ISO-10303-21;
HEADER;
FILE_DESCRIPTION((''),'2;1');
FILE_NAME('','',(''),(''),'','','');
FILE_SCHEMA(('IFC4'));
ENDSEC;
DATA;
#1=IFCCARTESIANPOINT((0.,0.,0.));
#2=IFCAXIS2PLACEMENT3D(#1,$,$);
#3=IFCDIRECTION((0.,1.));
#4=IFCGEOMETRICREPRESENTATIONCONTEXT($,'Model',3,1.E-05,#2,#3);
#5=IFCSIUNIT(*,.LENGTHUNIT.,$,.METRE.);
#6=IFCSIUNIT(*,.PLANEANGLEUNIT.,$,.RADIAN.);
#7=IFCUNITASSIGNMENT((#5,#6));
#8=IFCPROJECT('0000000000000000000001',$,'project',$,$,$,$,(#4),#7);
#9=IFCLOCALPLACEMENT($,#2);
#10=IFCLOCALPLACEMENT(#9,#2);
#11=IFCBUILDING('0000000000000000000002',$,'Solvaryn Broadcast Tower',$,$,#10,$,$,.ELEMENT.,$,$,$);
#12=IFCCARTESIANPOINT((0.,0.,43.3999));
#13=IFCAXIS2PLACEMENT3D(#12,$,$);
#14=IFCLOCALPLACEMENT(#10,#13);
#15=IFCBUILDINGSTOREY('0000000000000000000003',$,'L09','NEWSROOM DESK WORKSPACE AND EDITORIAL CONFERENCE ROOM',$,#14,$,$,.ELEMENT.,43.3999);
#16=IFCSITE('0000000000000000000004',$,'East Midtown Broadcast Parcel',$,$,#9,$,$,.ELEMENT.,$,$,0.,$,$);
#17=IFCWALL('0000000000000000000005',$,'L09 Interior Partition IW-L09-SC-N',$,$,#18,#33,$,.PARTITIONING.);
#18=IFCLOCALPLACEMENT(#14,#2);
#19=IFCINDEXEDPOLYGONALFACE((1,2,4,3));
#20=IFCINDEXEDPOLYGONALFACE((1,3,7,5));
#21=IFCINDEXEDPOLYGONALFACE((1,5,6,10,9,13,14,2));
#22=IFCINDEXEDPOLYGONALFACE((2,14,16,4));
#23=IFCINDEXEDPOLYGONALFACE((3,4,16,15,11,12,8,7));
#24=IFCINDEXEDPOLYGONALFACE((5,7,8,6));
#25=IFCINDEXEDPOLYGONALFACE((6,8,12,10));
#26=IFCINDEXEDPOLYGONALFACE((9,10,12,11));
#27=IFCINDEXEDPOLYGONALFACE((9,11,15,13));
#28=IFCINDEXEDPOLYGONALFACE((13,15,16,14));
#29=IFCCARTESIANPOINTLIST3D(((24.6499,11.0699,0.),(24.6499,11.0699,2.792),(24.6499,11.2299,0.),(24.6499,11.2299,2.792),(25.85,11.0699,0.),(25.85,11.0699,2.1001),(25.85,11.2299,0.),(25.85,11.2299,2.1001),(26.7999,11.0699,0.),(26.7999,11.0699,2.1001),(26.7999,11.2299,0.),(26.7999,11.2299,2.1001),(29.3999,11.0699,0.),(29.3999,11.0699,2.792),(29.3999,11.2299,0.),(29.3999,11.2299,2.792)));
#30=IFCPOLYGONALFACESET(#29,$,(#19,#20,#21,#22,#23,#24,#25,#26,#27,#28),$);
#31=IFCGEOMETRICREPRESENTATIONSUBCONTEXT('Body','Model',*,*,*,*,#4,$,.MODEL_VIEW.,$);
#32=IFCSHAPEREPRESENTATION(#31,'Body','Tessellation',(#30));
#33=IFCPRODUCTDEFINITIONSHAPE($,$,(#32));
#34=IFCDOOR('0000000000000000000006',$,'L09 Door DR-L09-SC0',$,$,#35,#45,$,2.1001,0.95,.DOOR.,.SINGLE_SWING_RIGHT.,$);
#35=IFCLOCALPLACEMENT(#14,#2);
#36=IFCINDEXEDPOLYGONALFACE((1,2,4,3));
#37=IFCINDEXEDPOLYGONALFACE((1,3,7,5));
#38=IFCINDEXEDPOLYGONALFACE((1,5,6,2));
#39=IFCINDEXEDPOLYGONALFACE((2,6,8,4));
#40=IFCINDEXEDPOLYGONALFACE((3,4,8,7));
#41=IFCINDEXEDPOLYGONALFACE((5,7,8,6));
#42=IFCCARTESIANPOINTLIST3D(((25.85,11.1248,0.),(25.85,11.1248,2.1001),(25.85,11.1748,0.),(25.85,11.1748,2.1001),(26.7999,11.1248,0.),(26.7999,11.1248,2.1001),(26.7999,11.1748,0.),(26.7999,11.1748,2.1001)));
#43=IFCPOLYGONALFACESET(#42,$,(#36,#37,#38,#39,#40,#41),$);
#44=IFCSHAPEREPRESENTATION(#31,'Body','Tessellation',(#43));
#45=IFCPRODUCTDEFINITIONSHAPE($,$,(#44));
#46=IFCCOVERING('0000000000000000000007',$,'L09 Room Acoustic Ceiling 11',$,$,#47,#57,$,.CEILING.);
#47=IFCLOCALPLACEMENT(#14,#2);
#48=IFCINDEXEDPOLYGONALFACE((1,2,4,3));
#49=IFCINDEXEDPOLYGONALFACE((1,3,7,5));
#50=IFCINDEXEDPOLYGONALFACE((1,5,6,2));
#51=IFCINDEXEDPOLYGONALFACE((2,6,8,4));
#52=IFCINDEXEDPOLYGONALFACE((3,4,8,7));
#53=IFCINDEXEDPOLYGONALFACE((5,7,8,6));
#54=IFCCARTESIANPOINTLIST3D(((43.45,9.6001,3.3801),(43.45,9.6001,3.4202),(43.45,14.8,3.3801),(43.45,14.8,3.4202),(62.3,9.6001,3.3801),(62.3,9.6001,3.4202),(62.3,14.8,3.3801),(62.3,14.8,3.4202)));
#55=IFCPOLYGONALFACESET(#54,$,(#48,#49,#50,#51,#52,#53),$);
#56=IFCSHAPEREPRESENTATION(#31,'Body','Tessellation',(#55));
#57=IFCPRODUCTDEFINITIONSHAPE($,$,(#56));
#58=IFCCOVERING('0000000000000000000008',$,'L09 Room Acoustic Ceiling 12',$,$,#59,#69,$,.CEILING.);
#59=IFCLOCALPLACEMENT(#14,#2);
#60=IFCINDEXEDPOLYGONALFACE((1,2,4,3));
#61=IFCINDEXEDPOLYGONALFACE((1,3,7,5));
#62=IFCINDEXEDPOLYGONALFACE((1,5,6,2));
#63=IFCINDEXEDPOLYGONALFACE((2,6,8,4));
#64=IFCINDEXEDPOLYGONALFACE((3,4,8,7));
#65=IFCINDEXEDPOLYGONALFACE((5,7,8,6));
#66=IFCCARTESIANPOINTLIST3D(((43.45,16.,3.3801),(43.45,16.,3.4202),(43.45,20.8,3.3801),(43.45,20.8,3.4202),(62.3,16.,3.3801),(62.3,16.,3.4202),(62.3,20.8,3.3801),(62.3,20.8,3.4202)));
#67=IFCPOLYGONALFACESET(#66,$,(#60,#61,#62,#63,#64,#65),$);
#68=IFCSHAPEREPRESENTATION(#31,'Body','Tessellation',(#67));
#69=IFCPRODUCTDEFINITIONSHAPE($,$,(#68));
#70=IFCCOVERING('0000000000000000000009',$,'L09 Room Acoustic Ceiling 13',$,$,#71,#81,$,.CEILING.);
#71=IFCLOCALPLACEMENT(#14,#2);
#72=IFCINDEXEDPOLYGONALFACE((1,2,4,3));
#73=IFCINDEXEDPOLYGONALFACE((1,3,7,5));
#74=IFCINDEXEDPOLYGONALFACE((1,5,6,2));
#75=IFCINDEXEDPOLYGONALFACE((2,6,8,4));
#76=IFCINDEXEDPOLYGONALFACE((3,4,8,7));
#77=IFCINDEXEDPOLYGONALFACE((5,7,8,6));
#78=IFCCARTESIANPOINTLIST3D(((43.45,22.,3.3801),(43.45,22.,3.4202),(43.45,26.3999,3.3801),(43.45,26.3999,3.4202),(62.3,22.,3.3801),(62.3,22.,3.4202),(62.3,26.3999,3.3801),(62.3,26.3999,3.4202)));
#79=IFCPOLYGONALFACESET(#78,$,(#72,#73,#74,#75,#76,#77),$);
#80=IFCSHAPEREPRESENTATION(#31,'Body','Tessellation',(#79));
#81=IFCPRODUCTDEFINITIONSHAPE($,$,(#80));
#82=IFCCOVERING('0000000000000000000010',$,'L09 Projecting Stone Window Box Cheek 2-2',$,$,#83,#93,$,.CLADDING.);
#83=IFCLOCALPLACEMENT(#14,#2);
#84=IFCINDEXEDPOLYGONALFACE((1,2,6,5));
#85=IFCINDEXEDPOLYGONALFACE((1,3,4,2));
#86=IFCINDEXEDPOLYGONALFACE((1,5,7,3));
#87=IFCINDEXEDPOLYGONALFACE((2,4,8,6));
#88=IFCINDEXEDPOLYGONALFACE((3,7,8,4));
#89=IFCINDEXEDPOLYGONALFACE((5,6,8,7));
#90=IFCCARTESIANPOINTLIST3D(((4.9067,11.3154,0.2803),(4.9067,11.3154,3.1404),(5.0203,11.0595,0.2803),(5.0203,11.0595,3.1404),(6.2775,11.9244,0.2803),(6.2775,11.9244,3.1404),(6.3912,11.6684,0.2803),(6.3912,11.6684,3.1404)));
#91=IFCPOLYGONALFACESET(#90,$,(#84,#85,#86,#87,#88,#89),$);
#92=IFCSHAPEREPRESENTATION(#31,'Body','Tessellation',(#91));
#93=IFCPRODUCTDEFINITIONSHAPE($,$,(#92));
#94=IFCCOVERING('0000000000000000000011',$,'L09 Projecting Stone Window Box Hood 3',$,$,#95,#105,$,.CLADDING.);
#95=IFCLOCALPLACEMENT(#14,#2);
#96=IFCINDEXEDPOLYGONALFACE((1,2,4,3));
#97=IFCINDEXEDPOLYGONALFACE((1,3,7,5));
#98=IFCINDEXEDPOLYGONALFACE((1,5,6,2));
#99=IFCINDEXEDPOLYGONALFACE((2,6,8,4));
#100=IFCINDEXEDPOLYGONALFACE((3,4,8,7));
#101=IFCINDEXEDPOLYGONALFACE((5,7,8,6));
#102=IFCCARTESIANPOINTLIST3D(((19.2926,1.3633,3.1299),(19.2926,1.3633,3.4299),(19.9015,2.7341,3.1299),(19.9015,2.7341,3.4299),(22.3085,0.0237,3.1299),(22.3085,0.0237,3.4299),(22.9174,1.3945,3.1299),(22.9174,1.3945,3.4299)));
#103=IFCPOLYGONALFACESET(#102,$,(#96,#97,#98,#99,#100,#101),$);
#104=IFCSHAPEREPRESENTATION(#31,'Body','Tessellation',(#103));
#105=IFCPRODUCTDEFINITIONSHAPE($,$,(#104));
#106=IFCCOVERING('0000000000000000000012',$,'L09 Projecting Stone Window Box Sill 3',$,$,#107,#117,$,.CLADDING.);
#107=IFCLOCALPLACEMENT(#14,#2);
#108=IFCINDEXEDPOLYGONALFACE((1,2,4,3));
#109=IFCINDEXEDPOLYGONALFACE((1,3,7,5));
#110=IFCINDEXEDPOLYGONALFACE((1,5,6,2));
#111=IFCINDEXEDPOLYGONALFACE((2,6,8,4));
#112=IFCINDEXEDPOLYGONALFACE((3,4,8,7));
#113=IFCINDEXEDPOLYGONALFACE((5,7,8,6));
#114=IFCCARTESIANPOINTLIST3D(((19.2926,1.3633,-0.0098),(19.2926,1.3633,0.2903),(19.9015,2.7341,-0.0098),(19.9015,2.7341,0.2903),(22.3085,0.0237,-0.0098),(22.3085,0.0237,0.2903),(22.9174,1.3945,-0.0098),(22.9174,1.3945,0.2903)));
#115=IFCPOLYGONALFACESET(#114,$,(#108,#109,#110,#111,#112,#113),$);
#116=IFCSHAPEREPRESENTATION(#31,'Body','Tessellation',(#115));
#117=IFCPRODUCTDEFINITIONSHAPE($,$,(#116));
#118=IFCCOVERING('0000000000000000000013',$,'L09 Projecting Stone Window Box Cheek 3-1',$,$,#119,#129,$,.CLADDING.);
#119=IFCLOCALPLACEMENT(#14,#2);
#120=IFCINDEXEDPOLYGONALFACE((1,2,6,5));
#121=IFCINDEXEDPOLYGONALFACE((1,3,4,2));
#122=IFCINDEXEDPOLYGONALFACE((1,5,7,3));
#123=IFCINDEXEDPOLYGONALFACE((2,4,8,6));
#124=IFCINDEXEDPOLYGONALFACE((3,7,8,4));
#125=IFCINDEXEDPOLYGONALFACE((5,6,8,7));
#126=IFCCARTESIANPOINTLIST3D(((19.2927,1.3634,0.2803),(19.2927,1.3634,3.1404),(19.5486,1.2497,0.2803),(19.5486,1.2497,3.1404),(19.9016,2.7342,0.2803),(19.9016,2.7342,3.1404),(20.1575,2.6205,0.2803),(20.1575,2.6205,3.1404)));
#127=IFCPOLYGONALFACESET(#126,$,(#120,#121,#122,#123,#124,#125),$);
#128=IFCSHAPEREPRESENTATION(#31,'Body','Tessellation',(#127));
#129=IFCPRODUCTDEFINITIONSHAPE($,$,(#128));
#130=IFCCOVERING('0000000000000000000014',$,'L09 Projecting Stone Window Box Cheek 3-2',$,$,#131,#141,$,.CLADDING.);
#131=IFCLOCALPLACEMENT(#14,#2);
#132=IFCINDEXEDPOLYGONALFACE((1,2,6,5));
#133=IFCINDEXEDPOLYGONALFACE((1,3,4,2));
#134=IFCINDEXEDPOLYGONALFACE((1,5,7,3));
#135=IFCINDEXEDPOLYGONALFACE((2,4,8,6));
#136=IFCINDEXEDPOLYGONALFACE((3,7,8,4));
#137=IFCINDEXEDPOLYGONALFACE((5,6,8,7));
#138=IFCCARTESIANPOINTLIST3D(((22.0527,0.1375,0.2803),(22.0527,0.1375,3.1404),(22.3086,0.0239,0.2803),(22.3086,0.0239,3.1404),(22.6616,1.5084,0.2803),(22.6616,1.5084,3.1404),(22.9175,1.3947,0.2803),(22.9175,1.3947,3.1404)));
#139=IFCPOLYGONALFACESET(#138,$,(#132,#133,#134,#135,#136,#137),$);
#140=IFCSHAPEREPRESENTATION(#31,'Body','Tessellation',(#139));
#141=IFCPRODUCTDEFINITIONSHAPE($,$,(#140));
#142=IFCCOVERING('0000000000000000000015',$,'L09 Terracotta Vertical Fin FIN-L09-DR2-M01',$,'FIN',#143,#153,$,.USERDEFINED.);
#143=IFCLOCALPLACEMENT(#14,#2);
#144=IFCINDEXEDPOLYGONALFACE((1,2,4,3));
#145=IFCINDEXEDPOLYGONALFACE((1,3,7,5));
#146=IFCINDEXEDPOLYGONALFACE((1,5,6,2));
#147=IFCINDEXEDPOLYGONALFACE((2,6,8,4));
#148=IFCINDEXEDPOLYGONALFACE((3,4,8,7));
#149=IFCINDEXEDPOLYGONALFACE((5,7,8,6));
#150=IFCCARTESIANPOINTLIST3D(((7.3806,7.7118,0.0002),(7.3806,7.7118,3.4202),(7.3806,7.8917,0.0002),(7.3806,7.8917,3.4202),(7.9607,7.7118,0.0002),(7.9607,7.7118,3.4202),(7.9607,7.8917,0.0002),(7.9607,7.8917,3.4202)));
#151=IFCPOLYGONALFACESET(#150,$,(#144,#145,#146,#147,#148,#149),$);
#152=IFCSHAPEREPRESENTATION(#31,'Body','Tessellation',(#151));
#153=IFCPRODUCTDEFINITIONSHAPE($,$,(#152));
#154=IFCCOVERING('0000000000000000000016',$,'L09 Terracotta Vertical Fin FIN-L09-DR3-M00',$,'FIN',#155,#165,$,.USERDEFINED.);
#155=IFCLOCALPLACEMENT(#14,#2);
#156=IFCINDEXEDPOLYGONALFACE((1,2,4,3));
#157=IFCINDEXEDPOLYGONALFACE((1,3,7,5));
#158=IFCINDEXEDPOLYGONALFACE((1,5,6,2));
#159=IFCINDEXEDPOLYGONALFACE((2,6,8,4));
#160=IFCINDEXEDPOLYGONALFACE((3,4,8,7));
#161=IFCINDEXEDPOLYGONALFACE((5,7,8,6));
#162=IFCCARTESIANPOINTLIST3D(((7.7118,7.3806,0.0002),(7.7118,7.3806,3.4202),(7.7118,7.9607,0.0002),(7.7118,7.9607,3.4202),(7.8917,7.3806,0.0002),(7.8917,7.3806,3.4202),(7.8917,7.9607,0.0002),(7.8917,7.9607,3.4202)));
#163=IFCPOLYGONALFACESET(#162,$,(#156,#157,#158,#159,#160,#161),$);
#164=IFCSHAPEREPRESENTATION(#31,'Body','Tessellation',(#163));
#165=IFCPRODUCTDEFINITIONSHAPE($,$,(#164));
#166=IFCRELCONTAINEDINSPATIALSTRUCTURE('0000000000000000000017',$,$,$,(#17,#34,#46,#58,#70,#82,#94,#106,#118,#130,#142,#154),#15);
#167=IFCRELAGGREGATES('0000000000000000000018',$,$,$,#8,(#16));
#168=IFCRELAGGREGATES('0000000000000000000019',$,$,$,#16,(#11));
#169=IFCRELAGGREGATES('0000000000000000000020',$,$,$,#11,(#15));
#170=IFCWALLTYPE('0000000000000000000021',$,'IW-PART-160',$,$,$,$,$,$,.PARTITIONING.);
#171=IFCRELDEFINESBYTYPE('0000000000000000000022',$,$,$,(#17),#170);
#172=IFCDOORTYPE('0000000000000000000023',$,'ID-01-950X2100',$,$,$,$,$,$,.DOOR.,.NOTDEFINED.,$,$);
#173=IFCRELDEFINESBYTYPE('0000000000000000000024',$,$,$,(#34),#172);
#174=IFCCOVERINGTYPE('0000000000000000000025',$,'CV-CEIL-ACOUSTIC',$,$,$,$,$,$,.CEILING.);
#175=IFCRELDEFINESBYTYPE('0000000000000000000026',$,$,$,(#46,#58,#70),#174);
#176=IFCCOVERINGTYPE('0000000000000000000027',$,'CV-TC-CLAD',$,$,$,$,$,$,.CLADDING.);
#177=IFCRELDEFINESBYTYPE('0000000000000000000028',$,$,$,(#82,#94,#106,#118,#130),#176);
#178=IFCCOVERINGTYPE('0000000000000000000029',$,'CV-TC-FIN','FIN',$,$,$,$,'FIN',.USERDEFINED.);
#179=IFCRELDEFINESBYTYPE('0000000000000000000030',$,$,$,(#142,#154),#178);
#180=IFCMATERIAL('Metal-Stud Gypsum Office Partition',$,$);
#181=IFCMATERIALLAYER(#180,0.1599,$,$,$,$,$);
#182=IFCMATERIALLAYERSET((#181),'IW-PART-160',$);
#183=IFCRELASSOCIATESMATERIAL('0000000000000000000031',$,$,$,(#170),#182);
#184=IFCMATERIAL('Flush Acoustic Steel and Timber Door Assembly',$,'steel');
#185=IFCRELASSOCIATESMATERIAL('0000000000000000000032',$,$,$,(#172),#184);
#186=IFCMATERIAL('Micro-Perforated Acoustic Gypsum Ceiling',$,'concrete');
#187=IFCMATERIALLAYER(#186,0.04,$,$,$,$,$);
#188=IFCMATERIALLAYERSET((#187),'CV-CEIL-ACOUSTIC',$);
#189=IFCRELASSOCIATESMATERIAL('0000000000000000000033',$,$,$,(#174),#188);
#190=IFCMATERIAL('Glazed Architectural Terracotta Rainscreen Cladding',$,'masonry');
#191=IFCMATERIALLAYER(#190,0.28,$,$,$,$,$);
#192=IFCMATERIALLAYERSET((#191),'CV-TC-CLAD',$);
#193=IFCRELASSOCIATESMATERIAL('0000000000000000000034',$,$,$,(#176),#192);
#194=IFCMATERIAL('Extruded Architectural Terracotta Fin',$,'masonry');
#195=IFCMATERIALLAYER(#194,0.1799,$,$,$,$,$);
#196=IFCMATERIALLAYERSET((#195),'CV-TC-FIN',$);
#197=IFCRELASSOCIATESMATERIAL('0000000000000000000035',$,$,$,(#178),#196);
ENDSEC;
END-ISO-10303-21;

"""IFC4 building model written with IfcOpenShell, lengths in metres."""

from ifc_helpers import new_model, si_unit, direction, frame, frame_2d, origin, origin_2d, place, context, subcontext, project, spatial, polyline, rectangle, outline, extrude, material, layer, layer_set, type_object, element, fill, save


model = new_model("IFC4")

# Units and contexts
model_context = context("Model", 3, precision=1e-05, world=origin(), true_north=direction((0.0, 1.0)))
body_context = subcontext(model_context, "Body", "Model", "MODEL_VIEW")
ifc_project = project(units=[si_unit("LENGTHUNIT", "METRE"), si_unit("PLANEANGLEUNIT", "RADIAN")], contexts=[model_context])

# Site, building, storey
site_placement = place(None, origin())
site = spatial("IfcSite", under=ifc_project, at=site_placement, Name="East Midtown Broadcast Parcel", CompositionType="ELEMENT", RefElevation=0.0)
building_placement = place(site_placement, origin())
building = spatial("IfcBuilding", under=site, at=building_placement, Name="Solvaryn Broadcast Tower", CompositionType="ELEMENT")
storey_placement = place(building_placement, frame((0.0, 0.0, 43.3999)))
storey = spatial("IfcBuildingStorey", under=building, at=storey_placement, Name="L09", Description="NEWSROOM DESK WORKSPACE AND EDITORIAL CONFERENCE ROOM", CompositionType="ELEMENT", Elevation=43.3999)

# Shared definitions
ifc_material_1 = material(Name="Metal-Stud Gypsum Office Partition")
ifc_layer_1 = layer(ifc_material_1, 0.1599)
ifc_layer_set_1 = layer_set([ifc_layer_1], Name="IW-PART-160")
wall_type_1 = type_object("IfcWallType", Name="IW-PART-160", PredefinedType="PARTITIONING", material=ifc_layer_set_1)
ifc_material_2 = material(Name="Flush Acoustic Steel and Timber Door Assembly", Category="steel")
door_type_1 = type_object("IfcDoorType", Name="ID-01-950X2100", OperationType="NOTDEFINED", PredefinedType="DOOR", material=ifc_material_2)

# Wall, opening, door
wall_1_placement = place(storey_placement, frame((24.6499, 11.1499, 0.0), z_axis=(0.0, 0.0, 1.0), x_axis=(1.0, 0.0, 0.0)))
wall_1 = element("IfcWall", 1, at=wall_1_placement, inside=storey, type_object=wall_type_1, Name="L09 Interior Partition IW-L09-SC-N", PredefinedType="PARTITIONING", context=body_context, shape_type="SweptSolid", body=[
    extrude(rectangle(XDim=4.75, YDim=0.1599, at=frame_2d((2.375, 0.0))), origin(), (0.0, 0.0, 1.0), 2.792),
])
opening_1_placement = place(wall_1_placement, frame((1.2, 0.0, 0.0)))
opening_1 = element("IfcOpeningElement", 2, at=opening_1_placement, cuts=wall_1, PredefinedType="OPENING", context=body_context, shape_type="SweptSolid", body=[
    extrude(rectangle(XDim=0.95, YDim=2.1001, at=frame_2d((0.4751, 1.05))), frame((0.0, 0.0901, 0.0), z_axis=(0.0, -1.0, 0.0), x_axis=(1.0, 0.0, 0.0)), (0.0, 0.0, 1.0), 0.1799),
])
door_1_placement = place(opening_1_placement, origin())
door_1 = element("IfcDoor", 3, at=door_1_placement, inside=storey, type_object=door_type_1, Name="L09 Door DR-L09-SC0", OperationType="SINGLE_SWING_RIGHT", OverallHeight=2.1001, OverallWidth=0.95, PredefinedType="DOOR", context=body_context, shape_type="SweptSolid", body=[
    extrude(rectangle(XDim=0.95, YDim=2.1001, at=frame_2d((0.4751, 1.05))), frame((0.0, 0.0249, 0.0), z_axis=(0.0, -1.0, 0.0), x_axis=(1.0, 0.0, 0.0)), (0.0, 0.0, 1.0), 0.05),
])
fill(opening_1, door_1)

# Coverings
ifc_material_3 = material(Name="Micro-Perforated Acoustic Gypsum Ceiling", Category="concrete")
ifc_layer_2 = layer(ifc_material_3, 0.04)
ifc_layer_set_2 = layer_set([ifc_layer_2], Name="CV-CEIL-ACOUSTIC")
covering_type_1 = type_object("IfcCoveringType", Name="CV-CEIL-ACOUSTIC", PredefinedType="CEILING", material=ifc_layer_set_2)
covering_1_placement = place(storey_placement, frame((0.0, 0.0, 3.3801)))
element("IfcCovering", 4, at=covering_1_placement, inside=storey, type_object=covering_type_1, Name="L09 Room Acoustic Ceiling 11", PredefinedType="CEILING", context=body_context, shape_type="SweptSolid", body=[
    extrude(outline(polyline([(43.45, 9.6001), (62.3, 9.6001), (62.3, 14.8), (43.45, 14.8), (43.45, 9.6001)])), origin(), (0.0, 0.0, 1.0), 0.04),
])
covering_2_placement = place(storey_placement, frame((0.0, 0.0, 3.3801)))
element("IfcCovering", 5, at=covering_2_placement, inside=storey, type_object=covering_type_1, Name="L09 Room Acoustic Ceiling 12", PredefinedType="CEILING", context=body_context, shape_type="SweptSolid", body=[
    extrude(outline(polyline([(43.45, 16.0), (62.3, 16.0), (62.3, 20.8), (43.45, 20.8), (43.45, 16.0)])), origin(), (0.0, 0.0, 1.0), 0.04),
])
covering_3_placement = place(storey_placement, frame((0.0, 0.0, 3.3801)))
element("IfcCovering", 6, at=covering_3_placement, inside=storey, type_object=covering_type_1, Name="L09 Room Acoustic Ceiling 13", PredefinedType="CEILING", context=body_context, shape_type="SweptSolid", body=[
    extrude(outline(polyline([(43.45, 22.0), (62.3, 22.0), (62.3, 26.3999), (43.45, 26.3999), (43.45, 22.0)])), origin(), (0.0, 0.0, 1.0), 0.04),
])
ifc_material_4 = material(Name="Glazed Architectural Terracotta Rainscreen Cladding", Category="masonry")
ifc_layer_3 = layer(ifc_material_4, 0.28)
ifc_layer_set_3 = layer_set([ifc_layer_3], Name="CV-TC-CLAD")
covering_type_2 = type_object("IfcCoveringType", Name="CV-TC-CLAD", PredefinedType="CLADDING", material=ifc_layer_set_3)
covering_4_placement = place(storey_placement, frame((5.6489, 11.4919, 0.2803), z_axis=(0.0, 0.0, 1.0), x_axis=(0.405939, -0.9139, 0.0)))
element("IfcCovering", 7, at=covering_4_placement, inside=storey, type_object=covering_type_2, Name="L09 Projecting Stone Window Box Cheek 2-2", PredefinedType="CLADDING", context=body_context, shape_type="SweptSolid", body=[
    extrude(rectangle(XDim=0.28, YDim=1.5, at=origin_2d()), origin(), (0.0, 0.0, 1.0), 2.8601),
])
for number, where, z_axis, x_axis, name in (
    (8, (21.105, 1.3789, 3.1299), (0.0, 0.0, 1.0), (0.9139, -0.405939, 0.0), "L09 Projecting Stone Window Box Hood 3"),
    (9, (21.105, 1.3789, -0.0098), (0.0, 0.0, 1.0), (0.9139, -0.405939, 0.0), "L09 Projecting Stone Window Box Sill 3"),
):
    element("IfcCovering", number, at=place(storey_placement, frame(where, z_axis=z_axis, x_axis=x_axis)), inside=storey, type_object=covering_type_2, Name=name, PredefinedType="CLADDING", context=body_context, shape_type="SweptSolid", body=[
        extrude(rectangle(XDim=3.3, YDim=1.5, at=origin_2d()), origin(), (0.0, 0.0, 1.0), 0.3),
    ])
for number, where, z_axis, x_axis, name in (
    (10, (19.7251, 1.9919, 0.2803), (0.0, 0.0, 1.0), (0.9139, -0.405939, 0.0), "L09 Projecting Stone Window Box Cheek 3-1"),
    (11, (22.4851, 0.7661, 0.2803), (0.0, 0.0, 1.0), (0.9139, -0.405939, 0.0), "L09 Projecting Stone Window Box Cheek 3-2"),
):
    element("IfcCovering", number, at=place(storey_placement, frame(where, z_axis=z_axis, x_axis=x_axis)), inside=storey, type_object=covering_type_2, Name=name, PredefinedType="CLADDING", context=body_context, shape_type="SweptSolid", body=[
        extrude(rectangle(XDim=0.28, YDim=1.5, at=origin_2d()), origin(), (0.0, 0.0, 1.0), 2.8601),
    ])
ifc_material_5 = material(Name="Extruded Architectural Terracotta Fin", Category="masonry")
ifc_layer_4 = layer(ifc_material_5, 0.1799)
ifc_layer_set_4 = layer_set([ifc_layer_4], Name="CV-TC-FIN")
covering_type_3 = type_object("IfcCoveringType", Name="CV-TC-FIN", Description="FIN", ElementType="FIN", PredefinedType="USERDEFINED", material=ifc_layer_set_4)
covering_5_placement = place(storey_placement, frame((7.6707, 7.8018, 0.0002), z_axis=(0.0, 0.0, 1.0), x_axis=(1.0, 0.0, 0.0)))
element("IfcCovering", 12, at=covering_5_placement, inside=storey, type_object=covering_type_3, Name="L09 Terracotta Vertical Fin FIN-L09-DR2-M01", ObjectType="FIN", PredefinedType="USERDEFINED", context=body_context, shape_type="SweptSolid", body=[
    extrude(rectangle(XDim=0.5801, YDim=0.1799, at=origin_2d()), origin(), (0.0, 0.0, 1.0), 3.4199),
])
covering_6_placement = place(storey_placement, frame((7.8018, 7.6707, 0.0002), z_axis=(0.0, 0.0, 1.0), x_axis=(1.0, 0.0, 0.0)))
element("IfcCovering", 13, at=covering_6_placement, inside=storey, type_object=covering_type_3, Name="L09 Terracotta Vertical Fin FIN-L09-DR3-M00", ObjectType="FIN", PredefinedType="USERDEFINED", context=body_context, shape_type="SweptSolid", body=[
    extrude(rectangle(XDim=0.1799, YDim=0.5801, at=origin_2d()), origin(), (0.0, 0.0, 1.0), 3.4199),
])

save(model, "model.ifc")
